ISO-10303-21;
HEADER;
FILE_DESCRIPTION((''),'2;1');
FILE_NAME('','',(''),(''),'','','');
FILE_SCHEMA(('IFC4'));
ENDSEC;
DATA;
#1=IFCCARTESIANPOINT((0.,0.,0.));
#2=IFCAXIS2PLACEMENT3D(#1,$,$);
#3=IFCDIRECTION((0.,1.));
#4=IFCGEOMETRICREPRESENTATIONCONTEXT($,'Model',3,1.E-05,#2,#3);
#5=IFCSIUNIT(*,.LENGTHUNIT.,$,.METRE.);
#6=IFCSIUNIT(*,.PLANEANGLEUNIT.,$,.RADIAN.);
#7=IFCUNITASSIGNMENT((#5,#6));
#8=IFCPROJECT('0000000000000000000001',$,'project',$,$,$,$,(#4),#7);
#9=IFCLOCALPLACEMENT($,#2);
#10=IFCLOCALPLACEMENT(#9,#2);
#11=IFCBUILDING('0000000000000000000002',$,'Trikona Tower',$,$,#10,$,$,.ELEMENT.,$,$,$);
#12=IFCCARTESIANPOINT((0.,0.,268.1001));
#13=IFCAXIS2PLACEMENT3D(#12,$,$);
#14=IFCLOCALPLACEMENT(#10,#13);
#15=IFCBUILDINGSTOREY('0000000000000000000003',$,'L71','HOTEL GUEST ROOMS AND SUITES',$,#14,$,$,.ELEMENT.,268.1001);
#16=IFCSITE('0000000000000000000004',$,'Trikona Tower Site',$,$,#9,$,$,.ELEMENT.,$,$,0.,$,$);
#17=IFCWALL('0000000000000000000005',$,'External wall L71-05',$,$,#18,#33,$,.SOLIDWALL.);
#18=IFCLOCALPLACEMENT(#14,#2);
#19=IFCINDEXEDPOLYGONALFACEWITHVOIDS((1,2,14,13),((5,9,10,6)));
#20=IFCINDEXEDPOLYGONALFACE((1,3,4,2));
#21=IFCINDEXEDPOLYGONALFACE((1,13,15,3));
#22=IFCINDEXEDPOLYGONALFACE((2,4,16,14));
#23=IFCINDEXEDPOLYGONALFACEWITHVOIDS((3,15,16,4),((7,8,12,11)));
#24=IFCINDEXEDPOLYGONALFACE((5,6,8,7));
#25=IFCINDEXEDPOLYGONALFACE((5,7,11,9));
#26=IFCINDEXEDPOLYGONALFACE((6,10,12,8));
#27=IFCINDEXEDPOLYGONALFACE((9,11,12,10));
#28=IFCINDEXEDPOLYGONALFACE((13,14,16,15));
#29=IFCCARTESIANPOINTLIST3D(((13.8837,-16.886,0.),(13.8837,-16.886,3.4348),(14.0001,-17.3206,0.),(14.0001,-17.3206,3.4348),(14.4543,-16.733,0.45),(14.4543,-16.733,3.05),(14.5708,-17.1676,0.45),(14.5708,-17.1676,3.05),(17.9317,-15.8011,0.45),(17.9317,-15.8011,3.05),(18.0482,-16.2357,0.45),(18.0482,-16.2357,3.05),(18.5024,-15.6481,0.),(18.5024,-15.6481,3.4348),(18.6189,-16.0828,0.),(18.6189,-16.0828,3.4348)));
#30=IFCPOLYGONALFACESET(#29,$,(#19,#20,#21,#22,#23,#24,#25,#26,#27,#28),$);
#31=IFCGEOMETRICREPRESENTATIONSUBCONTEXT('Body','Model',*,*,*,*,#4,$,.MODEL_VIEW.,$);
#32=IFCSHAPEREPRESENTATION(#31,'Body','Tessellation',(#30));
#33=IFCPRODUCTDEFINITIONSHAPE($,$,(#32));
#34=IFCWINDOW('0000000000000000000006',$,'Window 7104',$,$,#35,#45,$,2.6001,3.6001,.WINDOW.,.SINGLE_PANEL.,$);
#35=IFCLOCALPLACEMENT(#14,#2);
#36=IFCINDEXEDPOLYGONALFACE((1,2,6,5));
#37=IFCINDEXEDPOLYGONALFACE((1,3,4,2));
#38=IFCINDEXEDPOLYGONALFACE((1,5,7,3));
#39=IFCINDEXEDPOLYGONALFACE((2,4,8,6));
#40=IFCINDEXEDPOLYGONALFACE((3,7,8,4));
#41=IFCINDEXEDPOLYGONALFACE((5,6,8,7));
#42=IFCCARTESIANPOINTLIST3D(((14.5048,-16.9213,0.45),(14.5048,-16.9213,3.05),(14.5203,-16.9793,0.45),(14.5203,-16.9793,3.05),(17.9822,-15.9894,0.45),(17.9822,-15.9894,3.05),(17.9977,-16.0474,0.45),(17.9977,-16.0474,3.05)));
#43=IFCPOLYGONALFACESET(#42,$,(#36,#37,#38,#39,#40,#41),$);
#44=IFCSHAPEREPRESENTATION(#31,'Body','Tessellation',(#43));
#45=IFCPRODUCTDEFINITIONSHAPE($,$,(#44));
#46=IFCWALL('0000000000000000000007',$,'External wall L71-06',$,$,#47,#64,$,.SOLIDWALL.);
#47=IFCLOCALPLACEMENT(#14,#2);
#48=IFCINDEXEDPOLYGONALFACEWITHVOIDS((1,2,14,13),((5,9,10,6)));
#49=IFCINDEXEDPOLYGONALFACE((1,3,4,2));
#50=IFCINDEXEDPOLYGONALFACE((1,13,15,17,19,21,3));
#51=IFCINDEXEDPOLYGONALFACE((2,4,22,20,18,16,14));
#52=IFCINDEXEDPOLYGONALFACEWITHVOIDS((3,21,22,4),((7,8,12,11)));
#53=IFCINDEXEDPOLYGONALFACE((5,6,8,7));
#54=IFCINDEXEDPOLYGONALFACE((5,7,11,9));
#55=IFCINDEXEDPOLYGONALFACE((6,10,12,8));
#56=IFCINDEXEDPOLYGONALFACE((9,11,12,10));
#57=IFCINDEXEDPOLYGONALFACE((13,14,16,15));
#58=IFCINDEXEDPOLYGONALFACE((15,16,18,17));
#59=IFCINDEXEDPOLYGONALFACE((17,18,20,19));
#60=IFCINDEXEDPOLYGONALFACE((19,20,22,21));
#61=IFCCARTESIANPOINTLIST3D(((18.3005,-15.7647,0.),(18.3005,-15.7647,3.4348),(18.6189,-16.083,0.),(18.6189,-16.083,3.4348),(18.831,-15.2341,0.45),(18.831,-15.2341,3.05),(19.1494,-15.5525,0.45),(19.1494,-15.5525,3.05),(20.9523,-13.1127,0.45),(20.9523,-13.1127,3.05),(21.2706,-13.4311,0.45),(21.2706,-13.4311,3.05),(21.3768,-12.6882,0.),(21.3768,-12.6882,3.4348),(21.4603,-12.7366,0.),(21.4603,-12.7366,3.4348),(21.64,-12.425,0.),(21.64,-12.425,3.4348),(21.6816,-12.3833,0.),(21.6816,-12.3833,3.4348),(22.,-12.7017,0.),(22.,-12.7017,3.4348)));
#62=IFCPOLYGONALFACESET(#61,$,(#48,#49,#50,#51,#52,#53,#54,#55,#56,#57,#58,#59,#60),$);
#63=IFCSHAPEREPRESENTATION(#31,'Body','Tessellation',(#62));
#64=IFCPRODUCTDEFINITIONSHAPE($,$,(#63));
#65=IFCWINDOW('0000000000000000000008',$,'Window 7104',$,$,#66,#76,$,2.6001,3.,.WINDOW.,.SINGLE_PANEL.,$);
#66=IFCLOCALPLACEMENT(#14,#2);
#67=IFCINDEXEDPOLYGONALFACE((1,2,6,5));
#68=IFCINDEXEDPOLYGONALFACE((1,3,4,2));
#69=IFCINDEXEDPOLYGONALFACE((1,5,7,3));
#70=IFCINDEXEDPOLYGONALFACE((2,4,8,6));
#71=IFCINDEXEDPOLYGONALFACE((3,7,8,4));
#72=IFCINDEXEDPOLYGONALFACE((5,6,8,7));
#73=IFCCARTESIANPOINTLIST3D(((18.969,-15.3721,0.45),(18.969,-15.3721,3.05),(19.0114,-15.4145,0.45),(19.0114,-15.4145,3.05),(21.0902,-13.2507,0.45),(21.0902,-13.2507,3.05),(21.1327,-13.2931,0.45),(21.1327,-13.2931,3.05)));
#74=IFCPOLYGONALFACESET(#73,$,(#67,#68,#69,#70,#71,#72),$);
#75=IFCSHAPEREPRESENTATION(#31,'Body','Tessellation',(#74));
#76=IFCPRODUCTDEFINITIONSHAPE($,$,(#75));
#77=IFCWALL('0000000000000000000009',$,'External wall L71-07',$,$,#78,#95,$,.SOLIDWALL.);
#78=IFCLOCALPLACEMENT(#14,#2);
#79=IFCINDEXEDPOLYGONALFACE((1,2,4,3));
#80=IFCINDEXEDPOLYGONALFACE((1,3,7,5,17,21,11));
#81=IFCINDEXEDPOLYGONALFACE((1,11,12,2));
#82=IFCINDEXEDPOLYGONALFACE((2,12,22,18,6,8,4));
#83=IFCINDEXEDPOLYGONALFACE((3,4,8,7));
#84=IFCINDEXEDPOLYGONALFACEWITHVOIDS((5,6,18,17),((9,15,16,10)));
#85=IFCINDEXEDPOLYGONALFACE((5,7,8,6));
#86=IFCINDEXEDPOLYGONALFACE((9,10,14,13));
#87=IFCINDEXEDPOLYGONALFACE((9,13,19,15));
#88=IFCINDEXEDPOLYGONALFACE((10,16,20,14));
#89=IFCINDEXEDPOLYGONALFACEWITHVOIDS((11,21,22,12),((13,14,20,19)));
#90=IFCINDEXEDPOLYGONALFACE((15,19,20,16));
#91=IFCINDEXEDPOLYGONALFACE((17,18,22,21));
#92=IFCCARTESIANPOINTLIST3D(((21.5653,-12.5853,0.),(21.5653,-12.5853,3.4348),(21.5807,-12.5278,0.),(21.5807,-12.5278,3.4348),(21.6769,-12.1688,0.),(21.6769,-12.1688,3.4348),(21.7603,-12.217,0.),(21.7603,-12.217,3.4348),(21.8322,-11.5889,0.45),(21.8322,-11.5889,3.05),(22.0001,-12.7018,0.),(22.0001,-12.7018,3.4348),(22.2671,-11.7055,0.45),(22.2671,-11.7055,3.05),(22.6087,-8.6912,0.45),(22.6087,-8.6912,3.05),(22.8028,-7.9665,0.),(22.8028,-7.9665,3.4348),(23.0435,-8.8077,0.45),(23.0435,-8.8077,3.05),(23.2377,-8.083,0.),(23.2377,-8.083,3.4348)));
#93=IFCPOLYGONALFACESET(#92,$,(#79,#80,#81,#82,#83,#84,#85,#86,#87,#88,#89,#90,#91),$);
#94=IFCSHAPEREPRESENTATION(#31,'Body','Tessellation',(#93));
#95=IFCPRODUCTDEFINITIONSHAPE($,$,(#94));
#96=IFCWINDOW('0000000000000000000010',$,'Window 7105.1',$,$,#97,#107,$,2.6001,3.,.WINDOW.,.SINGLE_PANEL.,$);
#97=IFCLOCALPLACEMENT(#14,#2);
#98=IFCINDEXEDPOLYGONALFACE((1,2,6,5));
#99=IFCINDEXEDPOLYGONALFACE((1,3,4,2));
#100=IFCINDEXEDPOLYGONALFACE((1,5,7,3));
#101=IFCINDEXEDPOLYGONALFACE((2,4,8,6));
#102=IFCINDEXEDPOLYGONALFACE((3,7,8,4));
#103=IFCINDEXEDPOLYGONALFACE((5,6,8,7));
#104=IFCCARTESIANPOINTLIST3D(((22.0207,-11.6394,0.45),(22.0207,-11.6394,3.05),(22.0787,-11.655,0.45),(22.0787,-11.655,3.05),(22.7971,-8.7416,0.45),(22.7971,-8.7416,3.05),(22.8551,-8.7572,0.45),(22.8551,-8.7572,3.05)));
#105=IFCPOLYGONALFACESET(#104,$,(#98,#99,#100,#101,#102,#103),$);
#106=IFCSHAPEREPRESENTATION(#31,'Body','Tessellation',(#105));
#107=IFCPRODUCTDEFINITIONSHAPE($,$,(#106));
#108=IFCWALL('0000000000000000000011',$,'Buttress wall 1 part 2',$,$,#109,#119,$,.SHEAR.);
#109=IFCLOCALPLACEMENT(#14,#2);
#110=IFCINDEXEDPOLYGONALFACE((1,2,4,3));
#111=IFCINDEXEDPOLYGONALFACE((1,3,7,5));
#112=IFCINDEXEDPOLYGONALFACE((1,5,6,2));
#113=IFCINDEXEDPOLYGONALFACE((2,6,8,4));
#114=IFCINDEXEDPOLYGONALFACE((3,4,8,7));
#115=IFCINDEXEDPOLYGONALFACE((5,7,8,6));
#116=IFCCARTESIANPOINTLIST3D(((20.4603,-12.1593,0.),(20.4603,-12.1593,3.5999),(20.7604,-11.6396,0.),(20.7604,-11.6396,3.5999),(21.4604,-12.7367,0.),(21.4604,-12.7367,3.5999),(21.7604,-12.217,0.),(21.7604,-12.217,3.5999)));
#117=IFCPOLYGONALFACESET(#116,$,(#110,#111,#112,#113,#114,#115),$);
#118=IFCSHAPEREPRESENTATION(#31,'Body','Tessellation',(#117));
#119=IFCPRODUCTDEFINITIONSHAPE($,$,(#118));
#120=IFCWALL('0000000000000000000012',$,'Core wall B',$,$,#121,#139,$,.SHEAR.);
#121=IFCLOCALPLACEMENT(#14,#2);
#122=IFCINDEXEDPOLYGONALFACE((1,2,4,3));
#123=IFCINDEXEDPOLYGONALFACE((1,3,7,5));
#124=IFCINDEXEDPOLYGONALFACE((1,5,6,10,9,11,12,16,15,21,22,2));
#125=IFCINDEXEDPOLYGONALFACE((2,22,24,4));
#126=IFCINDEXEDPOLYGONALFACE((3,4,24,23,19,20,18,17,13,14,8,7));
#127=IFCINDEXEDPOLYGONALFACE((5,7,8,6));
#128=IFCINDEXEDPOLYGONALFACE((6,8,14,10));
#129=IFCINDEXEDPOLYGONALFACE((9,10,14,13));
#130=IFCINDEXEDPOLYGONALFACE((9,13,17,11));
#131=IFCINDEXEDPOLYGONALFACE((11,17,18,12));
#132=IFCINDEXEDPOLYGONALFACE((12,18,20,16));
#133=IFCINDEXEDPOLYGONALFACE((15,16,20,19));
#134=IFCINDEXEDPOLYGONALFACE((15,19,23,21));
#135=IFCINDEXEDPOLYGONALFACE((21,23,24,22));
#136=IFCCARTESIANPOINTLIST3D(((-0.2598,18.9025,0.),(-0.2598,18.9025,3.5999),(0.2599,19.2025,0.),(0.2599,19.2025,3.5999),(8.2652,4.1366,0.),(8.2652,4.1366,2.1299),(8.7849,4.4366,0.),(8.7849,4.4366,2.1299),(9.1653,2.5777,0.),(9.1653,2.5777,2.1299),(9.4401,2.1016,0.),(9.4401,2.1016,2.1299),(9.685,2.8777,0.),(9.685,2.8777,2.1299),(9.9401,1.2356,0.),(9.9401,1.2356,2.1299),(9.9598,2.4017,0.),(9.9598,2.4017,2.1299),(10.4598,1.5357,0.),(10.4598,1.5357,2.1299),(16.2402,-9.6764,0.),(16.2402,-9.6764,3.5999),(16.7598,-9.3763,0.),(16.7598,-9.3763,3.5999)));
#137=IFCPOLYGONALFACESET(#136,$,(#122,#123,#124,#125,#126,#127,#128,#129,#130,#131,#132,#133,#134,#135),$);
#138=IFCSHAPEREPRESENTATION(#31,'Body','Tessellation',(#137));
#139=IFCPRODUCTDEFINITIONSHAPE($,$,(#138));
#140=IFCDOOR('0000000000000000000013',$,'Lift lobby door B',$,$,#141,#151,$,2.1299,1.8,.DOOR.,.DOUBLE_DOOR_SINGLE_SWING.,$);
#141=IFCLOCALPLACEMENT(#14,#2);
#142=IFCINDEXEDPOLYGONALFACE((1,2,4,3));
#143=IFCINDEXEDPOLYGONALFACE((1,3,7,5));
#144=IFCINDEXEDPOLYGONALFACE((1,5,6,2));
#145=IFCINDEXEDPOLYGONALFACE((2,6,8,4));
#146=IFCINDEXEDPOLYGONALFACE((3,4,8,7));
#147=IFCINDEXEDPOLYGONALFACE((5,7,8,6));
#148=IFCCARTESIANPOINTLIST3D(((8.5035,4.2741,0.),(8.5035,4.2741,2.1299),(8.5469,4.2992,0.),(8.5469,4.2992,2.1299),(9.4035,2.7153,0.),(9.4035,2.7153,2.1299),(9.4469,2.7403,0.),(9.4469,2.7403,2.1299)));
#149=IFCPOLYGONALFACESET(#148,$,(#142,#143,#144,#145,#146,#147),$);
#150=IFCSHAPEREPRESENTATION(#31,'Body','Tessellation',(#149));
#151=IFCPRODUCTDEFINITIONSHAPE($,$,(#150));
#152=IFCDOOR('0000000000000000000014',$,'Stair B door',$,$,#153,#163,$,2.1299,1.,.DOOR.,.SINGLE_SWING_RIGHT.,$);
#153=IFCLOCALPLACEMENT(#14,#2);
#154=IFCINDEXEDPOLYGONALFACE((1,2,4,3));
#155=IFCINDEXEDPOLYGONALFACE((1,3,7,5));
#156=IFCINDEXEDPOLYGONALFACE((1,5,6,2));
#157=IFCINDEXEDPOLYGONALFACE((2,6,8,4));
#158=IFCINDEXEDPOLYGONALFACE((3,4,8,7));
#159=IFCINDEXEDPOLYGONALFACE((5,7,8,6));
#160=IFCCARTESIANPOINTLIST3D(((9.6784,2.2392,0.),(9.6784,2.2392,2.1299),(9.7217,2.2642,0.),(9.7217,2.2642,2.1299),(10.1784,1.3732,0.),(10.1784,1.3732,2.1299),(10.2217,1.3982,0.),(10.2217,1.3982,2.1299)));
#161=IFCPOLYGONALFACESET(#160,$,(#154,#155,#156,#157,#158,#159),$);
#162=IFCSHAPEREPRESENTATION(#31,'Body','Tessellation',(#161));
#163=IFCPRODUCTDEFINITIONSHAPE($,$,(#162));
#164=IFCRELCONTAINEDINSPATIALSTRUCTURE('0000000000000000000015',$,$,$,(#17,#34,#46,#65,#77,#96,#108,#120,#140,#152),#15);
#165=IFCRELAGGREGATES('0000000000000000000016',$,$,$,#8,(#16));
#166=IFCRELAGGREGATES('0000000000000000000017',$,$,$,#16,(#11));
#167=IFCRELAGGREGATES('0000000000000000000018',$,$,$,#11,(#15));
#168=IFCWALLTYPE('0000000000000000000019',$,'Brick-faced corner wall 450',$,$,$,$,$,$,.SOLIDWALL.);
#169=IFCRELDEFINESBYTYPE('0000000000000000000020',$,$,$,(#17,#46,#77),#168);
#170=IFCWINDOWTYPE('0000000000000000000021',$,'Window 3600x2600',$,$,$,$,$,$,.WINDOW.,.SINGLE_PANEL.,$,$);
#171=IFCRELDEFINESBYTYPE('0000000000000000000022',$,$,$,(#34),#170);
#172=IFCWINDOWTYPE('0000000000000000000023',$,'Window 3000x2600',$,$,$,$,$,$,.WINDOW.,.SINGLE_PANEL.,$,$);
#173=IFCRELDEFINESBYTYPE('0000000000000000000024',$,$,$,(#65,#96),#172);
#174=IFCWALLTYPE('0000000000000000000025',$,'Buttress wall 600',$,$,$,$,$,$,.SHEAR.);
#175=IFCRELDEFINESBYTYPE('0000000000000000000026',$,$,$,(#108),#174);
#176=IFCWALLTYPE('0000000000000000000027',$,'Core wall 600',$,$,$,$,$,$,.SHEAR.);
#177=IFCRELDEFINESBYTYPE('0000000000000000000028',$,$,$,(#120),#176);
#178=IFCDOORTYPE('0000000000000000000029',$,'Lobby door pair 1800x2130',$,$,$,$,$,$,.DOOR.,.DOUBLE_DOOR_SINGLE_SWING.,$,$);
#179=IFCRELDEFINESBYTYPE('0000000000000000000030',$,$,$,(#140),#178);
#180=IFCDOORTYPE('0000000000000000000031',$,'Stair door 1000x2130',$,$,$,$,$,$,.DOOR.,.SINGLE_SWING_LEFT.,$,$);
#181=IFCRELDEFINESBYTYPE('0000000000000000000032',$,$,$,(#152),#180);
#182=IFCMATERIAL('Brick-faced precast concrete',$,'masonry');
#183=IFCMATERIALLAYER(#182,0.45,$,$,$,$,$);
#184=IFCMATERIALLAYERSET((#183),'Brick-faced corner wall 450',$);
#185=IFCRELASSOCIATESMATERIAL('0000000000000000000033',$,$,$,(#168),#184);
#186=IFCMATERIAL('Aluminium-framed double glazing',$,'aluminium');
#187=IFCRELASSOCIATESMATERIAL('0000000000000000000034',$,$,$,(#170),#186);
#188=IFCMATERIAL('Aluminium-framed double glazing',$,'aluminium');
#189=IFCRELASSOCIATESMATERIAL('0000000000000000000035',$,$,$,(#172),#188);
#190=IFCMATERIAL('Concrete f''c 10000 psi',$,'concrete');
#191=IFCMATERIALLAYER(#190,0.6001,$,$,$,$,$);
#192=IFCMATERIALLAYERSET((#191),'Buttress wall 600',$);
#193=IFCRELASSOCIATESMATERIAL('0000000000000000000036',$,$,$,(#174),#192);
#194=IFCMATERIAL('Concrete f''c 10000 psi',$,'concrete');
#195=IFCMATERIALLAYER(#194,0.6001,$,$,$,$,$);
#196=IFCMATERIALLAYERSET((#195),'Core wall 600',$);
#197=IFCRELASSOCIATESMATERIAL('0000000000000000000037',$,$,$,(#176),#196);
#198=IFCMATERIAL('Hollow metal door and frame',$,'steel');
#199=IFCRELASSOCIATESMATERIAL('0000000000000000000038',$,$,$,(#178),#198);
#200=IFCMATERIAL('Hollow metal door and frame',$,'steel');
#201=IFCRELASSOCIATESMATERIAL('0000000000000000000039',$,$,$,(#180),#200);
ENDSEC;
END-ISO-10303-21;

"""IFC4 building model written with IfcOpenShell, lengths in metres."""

from ifc_helpers import new_model, si_unit, direction, frame, frame_2d, origin, place, context, subcontext, project, spatial, polyline, rectangle, outline, extrude, material, layer, layer_set, type_object, element, fill, save


model = new_model("IFC4")

# Units and contexts
model_context = context("Model", 3, precision=1e-05, world=origin(), true_north=direction((0.0, 1.0)))
body_context = subcontext(model_context, "Body", "Model", "MODEL_VIEW")
ifc_project = project(units=[si_unit("LENGTHUNIT", "METRE"), si_unit("PLANEANGLEUNIT", "RADIAN")], contexts=[model_context])

# Site, building, storey
site_placement = place(None, origin())
site = spatial("IfcSite", under=ifc_project, at=site_placement, Name="Trikona Tower Site", CompositionType="ELEMENT", RefElevation=0.0)
building_placement = place(site_placement, origin())
building = spatial("IfcBuilding", under=site, at=building_placement, Name="Trikona Tower", CompositionType="ELEMENT")
storey_placement = place(building_placement, frame((0.0, 0.0, 268.1001)))
storey = spatial("IfcBuildingStorey", under=building, at=storey_placement, Name="L71", Description="HOTEL GUEST ROOMS AND SUITES", CompositionType="ELEMENT", Elevation=268.1001)

# Walls, openings, windows
ifc_material_1 = material(Name="Brick-faced precast concrete", Category="masonry")
ifc_layer_1 = layer(ifc_material_1, 0.45)
ifc_layer_set_1 = layer_set([ifc_layer_1], Name="Brick-faced corner wall 450")
wall_type_1 = type_object("IfcWallType", Name="Brick-faced corner wall 450", PredefinedType="SOLIDWALL", material=ifc_layer_set_1)
wall_1_placement = place(storey_placement, frame((13.9419, -17.1033, 0.0), z_axis=(0.0, 0.0, 1.0), x_axis=(0.965914, 0.258864, 0.0)))
wall_1 = element("IfcWall", 1, at=wall_1_placement, inside=storey, type_object=wall_type_1, Name="External wall L71-05", PredefinedType="SOLIDWALL", context=body_context, shape_type="SweptSolid", body=[
    extrude(rectangle(XDim=4.7817, YDim=0.45, at=frame_2d((2.3909, 0.0))), origin(), (0.0, 0.0, 1.0), 3.4348),
])
opening_1_placement = place(wall_1_placement, frame((0.5908, 0.0, 0.45)))
opening_1 = element("IfcOpeningElement", 2, at=opening_1_placement, cuts=wall_1, PredefinedType="OPENING", context=body_context, shape_type="SweptSolid", body=[
    extrude(rectangle(XDim=3.6001, YDim=2.6001, at=frame_2d((1.8, 1.3))), frame((0.0, 0.2349, 0.0), z_axis=(0.0, -1.0, 0.0), x_axis=(1.0, 0.0, 0.0)), (0.0, 0.0, 1.0), 0.47),
])
ifc_material_2 = material(Name="Aluminium-framed double glazing", Category="aluminium")
window_type_1 = type_object("IfcWindowType", Name="Window 3600x2600", PartitioningType="SINGLE_PANEL", PredefinedType="WINDOW", material=ifc_material_2)
window_1_placement = place(opening_1_placement, origin())
window_1 = element("IfcWindow", 3, at=window_1_placement, inside=storey, type_object=window_type_1, Name="Window 7104", OverallHeight=2.6001, OverallWidth=3.6001, PartitioningType="SINGLE_PANEL", PredefinedType="WINDOW", context=body_context, shape_type="SweptSolid", body=[
    extrude(rectangle(XDim=3.6001, YDim=2.6001, at=frame_2d((1.8, 1.3))), frame((0.0, 0.03, 0.0), z_axis=(0.0, -1.0, 0.0), x_axis=(1.0, 0.0, 0.0)), (0.0, 0.0, 1.0), 0.0601),
])
fill(opening_1, window_1)
wall_2_placement = place(storey_placement, frame((18.4597, -15.9238, 0.0), z_axis=(0.0, 0.0, 1.0), x_axis=(0.707081, 0.707132, 0.0)))
wall_2 = element("IfcWall", 4, at=wall_2_placement, inside=storey, type_object=wall_type_1, Name="External wall L71-06", PredefinedType="SOLIDWALL", context=body_context, shape_type="SweptSolid", body=[
    extrude(outline(polyline([(4.7817, 0.2251), (4.7229, 0.2251), (4.3755, 0.1318), (4.3506, 0.2251), (0.0, 0.2251), (0.0, -0.2251), (4.7817, -0.2251), (4.7817, 0.2251)])), origin(), (0.0, 0.0, 1.0), 3.4348),
])
opening_2_placement = place(wall_2_placement, frame((0.7502, 0.0, 0.45)))
opening_2 = element("IfcOpeningElement", 5, at=opening_2_placement, cuts=wall_2, PredefinedType="OPENING", context=body_context, shape_type="SweptSolid", body=[
    extrude(rectangle(XDim=3.0, YDim=2.6001, at=frame_2d((1.5, 1.3))), frame((0.0, 0.2349, 0.0), z_axis=(0.0, -1.0, 0.0), x_axis=(1.0, 0.0, 0.0)), (0.0, 0.0, 1.0), 0.47),
])
ifc_material_3 = material(Name="Aluminium-framed double glazing", Category="aluminium")
window_type_2 = type_object("IfcWindowType", Name="Window 3000x2600", PartitioningType="SINGLE_PANEL", PredefinedType="WINDOW", material=ifc_material_3)
window_2_placement = place(opening_2_placement, origin())
window_2 = element("IfcWindow", 6, at=window_2_placement, inside=storey, type_object=window_type_2, Name="Window 7104", OverallHeight=2.6001, OverallWidth=3.0, PartitioningType="SINGLE_PANEL", PredefinedType="WINDOW", context=body_context, shape_type="SweptSolid", body=[
    extrude(rectangle(XDim=3.0, YDim=2.6001, at=frame_2d((1.5, 1.3))), frame((0.0, 0.03, 0.0), z_axis=(0.0, -1.0, 0.0), x_axis=(1.0, 0.0, 0.0)), (0.0, 0.0, 1.0), 0.0601),
])
fill(opening_2, window_2)
wall_3_placement = place(storey_placement, frame((21.7827, -12.6436, 0.0), z_axis=(0.0, 0.0, 1.0), x_axis=(0.258803, 0.96593, 0.0)))
wall_3 = element("IfcWall", 7, at=wall_3_placement, inside=storey, type_object=wall_type_1, Name="External wall L71-07", PredefinedType="SOLIDWALL", context=body_context, shape_type="SweptSolid", body=[
    extrude(outline(polyline([(4.7817, 0.2251), (0.4312, 0.2251), (0.4062, 0.1321), (0.0596, 0.2251), (0.0, 0.2251), (0.0, -0.2251), (4.7817, -0.2251), (4.7817, 0.2251)])), origin(), (0.0, 0.0, 1.0), 3.4348),
])
opening_3_placement = place(wall_3_placement, frame((1.0315, 0.0, 0.45)))
opening_3 = element("IfcOpeningElement", 8, at=opening_3_placement, cuts=wall_3, PredefinedType="OPENING", context=body_context, shape_type="SweptSolid", body=[
    extrude(rectangle(XDim=3.0, YDim=2.6001, at=frame_2d((1.5, 1.3))), frame((0.0, 0.2349, 0.0), z_axis=(0.0, -1.0, 0.0), x_axis=(1.0, 0.0, 0.0)), (0.0, 0.0, 1.0), 0.47),
])
window_3_placement = place(opening_3_placement, origin())
window_3 = element("IfcWindow", 9, at=window_3_placement, inside=storey, type_object=window_type_2, Name="Window 7105.1", OverallHeight=2.6001, OverallWidth=3.0, PartitioningType="SINGLE_PANEL", PredefinedType="WINDOW", context=body_context, shape_type="SweptSolid", body=[
    extrude(rectangle(XDim=3.0, YDim=2.6001, at=frame_2d((1.5, 1.3))), frame((0.0, 0.03, 0.0), z_axis=(0.0, -1.0, 0.0), x_axis=(1.0, 0.0, 0.0)), (0.0, 0.0, 1.0), 0.0601),
])
fill(opening_3, window_3)

# Wall
ifc_material_4 = material(Name="Concrete f'c 10000 psi", Category="concrete")
ifc_layer_2 = layer(ifc_material_4, 0.6001)
ifc_layer_set_2 = layer_set([ifc_layer_2], Name="Buttress wall 600")
wall_type_2 = type_object("IfcWallType", Name="Buttress wall 600", PredefinedType="SHEAR", material=ifc_layer_set_2)
wall_4_placement = place(storey_placement, frame((20.6104, -11.8994, 0.0), z_axis=(0.0, 0.0, 1.0), x_axis=(0.86601, -0.500027, 0.0)))
element("IfcWall", 10, at=wall_4_placement, inside=storey, type_object=wall_type_2, Name="Buttress wall 1 part 2", PredefinedType="SHEAR", context=body_context, shape_type="SweptSolid", body=[
    extrude(rectangle(XDim=1.1548, YDim=0.6001, at=frame_2d((0.5774, 0.0))), origin(), (0.0, 0.0, 1.0), 3.5999),
])

# Wall, openings, doors
ifc_material_5 = material(Name="Concrete f'c 10000 psi", Category="concrete")
ifc_layer_3 = layer(ifc_material_5, 0.6001)
ifc_layer_set_3 = layer_set([ifc_layer_3], Name="Core wall 600")
wall_type_3 = type_object("IfcWallType", Name="Core wall 600", PredefinedType="SHEAR", material=ifc_layer_set_3)
wall_5_placement = place(storey_placement, frame((16.5, -9.5264, 0.0), z_axis=(0.0, 0.0, 1.0), x_axis=(-0.5, 0.866026, 0.0)))
wall_5 = element("IfcWall", 11, at=wall_5_placement, inside=storey, type_object=wall_type_3, Name="Core wall B", PredefinedType="SHEAR", context=body_context, shape_type="SweptSolid", body=[
    extrude(rectangle(XDim=33.0, YDim=0.6001, at=frame_2d((16.5, 0.0))), origin(), (0.0, 0.0, 1.0), 3.5999),
])
opening_4_placement = place(wall_5_placement, frame((14.1499, 0.0, 0.0)))
opening_4 = element("IfcOpeningElement", 12, at=opening_4_placement, cuts=wall_5, PredefinedType="OPENING", context=body_context, shape_type="SweptSolid", body=[
    extrude(rectangle(XDim=1.8, YDim=2.1299, at=frame_2d((0.8999, 1.0649))), frame((0.0, 0.3101, 0.0), z_axis=(0.0, -1.0, 0.0), x_axis=(1.0, 0.0, 0.0)), (0.0, 0.0, 1.0), 0.6201),
])
opening_5_placement = place(wall_5_placement, frame((12.6001, 0.0, 0.0)))
opening_5 = element("IfcOpeningElement", 13, at=opening_5_placement, cuts=wall_5, PredefinedType="OPENING", context=body_context, shape_type="SweptSolid", body=[
    extrude(rectangle(XDim=1.0, YDim=2.1299, at=frame_2d((0.5, 1.0649))), frame((0.0, 0.3101, 0.0), z_axis=(0.0, -1.0, 0.0), x_axis=(1.0, 0.0, 0.0)), (0.0, 0.0, 1.0), 0.6201),
])
ifc_material_6 = material(Name="Hollow metal door and frame", Category="steel")
door_type_1 = type_object("IfcDoorType", Name="Lobby door pair 1800x2130", OperationType="DOUBLE_DOOR_SINGLE_SWING", PredefinedType="DOOR", material=ifc_material_6)
door_1_placement = place(opening_4_placement, origin())
door_1 = element("IfcDoor", 14, at=door_1_placement, inside=storey, type_object=door_type_1, Name="Lift lobby door B", OperationType="DOUBLE_DOOR_SINGLE_SWING", OverallHeight=2.1299, OverallWidth=1.8, PredefinedType="DOOR", context=body_context, shape_type="SweptSolid", body=[
    extrude(rectangle(XDim=1.8, YDim=2.1299, at=frame_2d((0.8999, 1.0649))), frame((0.0, 0.0249, 0.0), z_axis=(0.0, -1.0, 0.0), x_axis=(1.0, 0.0, 0.0)), (0.0, 0.0, 1.0), 0.05),
])
fill(opening_4, door_1)
ifc_material_7 = material(Name="Hollow metal door and frame", Category="steel")
door_type_2 = type_object("IfcDoorType", Name="Stair door 1000x2130", OperationType="SINGLE_SWING_LEFT", PredefinedType="DOOR", material=ifc_material_7)
door_2_placement = place(opening_5_placement, origin())
door_2 = element("IfcDoor", 15, at=door_2_placement, inside=storey, type_object=door_type_2, Name="Stair B door", OperationType="SINGLE_SWING_RIGHT", OverallHeight=2.1299, OverallWidth=1.0, PredefinedType="DOOR", context=body_context, shape_type="SweptSolid", body=[
    extrude(rectangle(XDim=1.0, YDim=2.1299, at=frame_2d((0.5, 1.0649))), frame((0.0, 0.0249, 0.0), z_axis=(0.0, -1.0, 0.0), x_axis=(1.0, 0.0, 0.0)), (0.0, 0.0, 1.0), 0.05),
])
fill(opening_5, door_2)

save(model, "model.ifc")
